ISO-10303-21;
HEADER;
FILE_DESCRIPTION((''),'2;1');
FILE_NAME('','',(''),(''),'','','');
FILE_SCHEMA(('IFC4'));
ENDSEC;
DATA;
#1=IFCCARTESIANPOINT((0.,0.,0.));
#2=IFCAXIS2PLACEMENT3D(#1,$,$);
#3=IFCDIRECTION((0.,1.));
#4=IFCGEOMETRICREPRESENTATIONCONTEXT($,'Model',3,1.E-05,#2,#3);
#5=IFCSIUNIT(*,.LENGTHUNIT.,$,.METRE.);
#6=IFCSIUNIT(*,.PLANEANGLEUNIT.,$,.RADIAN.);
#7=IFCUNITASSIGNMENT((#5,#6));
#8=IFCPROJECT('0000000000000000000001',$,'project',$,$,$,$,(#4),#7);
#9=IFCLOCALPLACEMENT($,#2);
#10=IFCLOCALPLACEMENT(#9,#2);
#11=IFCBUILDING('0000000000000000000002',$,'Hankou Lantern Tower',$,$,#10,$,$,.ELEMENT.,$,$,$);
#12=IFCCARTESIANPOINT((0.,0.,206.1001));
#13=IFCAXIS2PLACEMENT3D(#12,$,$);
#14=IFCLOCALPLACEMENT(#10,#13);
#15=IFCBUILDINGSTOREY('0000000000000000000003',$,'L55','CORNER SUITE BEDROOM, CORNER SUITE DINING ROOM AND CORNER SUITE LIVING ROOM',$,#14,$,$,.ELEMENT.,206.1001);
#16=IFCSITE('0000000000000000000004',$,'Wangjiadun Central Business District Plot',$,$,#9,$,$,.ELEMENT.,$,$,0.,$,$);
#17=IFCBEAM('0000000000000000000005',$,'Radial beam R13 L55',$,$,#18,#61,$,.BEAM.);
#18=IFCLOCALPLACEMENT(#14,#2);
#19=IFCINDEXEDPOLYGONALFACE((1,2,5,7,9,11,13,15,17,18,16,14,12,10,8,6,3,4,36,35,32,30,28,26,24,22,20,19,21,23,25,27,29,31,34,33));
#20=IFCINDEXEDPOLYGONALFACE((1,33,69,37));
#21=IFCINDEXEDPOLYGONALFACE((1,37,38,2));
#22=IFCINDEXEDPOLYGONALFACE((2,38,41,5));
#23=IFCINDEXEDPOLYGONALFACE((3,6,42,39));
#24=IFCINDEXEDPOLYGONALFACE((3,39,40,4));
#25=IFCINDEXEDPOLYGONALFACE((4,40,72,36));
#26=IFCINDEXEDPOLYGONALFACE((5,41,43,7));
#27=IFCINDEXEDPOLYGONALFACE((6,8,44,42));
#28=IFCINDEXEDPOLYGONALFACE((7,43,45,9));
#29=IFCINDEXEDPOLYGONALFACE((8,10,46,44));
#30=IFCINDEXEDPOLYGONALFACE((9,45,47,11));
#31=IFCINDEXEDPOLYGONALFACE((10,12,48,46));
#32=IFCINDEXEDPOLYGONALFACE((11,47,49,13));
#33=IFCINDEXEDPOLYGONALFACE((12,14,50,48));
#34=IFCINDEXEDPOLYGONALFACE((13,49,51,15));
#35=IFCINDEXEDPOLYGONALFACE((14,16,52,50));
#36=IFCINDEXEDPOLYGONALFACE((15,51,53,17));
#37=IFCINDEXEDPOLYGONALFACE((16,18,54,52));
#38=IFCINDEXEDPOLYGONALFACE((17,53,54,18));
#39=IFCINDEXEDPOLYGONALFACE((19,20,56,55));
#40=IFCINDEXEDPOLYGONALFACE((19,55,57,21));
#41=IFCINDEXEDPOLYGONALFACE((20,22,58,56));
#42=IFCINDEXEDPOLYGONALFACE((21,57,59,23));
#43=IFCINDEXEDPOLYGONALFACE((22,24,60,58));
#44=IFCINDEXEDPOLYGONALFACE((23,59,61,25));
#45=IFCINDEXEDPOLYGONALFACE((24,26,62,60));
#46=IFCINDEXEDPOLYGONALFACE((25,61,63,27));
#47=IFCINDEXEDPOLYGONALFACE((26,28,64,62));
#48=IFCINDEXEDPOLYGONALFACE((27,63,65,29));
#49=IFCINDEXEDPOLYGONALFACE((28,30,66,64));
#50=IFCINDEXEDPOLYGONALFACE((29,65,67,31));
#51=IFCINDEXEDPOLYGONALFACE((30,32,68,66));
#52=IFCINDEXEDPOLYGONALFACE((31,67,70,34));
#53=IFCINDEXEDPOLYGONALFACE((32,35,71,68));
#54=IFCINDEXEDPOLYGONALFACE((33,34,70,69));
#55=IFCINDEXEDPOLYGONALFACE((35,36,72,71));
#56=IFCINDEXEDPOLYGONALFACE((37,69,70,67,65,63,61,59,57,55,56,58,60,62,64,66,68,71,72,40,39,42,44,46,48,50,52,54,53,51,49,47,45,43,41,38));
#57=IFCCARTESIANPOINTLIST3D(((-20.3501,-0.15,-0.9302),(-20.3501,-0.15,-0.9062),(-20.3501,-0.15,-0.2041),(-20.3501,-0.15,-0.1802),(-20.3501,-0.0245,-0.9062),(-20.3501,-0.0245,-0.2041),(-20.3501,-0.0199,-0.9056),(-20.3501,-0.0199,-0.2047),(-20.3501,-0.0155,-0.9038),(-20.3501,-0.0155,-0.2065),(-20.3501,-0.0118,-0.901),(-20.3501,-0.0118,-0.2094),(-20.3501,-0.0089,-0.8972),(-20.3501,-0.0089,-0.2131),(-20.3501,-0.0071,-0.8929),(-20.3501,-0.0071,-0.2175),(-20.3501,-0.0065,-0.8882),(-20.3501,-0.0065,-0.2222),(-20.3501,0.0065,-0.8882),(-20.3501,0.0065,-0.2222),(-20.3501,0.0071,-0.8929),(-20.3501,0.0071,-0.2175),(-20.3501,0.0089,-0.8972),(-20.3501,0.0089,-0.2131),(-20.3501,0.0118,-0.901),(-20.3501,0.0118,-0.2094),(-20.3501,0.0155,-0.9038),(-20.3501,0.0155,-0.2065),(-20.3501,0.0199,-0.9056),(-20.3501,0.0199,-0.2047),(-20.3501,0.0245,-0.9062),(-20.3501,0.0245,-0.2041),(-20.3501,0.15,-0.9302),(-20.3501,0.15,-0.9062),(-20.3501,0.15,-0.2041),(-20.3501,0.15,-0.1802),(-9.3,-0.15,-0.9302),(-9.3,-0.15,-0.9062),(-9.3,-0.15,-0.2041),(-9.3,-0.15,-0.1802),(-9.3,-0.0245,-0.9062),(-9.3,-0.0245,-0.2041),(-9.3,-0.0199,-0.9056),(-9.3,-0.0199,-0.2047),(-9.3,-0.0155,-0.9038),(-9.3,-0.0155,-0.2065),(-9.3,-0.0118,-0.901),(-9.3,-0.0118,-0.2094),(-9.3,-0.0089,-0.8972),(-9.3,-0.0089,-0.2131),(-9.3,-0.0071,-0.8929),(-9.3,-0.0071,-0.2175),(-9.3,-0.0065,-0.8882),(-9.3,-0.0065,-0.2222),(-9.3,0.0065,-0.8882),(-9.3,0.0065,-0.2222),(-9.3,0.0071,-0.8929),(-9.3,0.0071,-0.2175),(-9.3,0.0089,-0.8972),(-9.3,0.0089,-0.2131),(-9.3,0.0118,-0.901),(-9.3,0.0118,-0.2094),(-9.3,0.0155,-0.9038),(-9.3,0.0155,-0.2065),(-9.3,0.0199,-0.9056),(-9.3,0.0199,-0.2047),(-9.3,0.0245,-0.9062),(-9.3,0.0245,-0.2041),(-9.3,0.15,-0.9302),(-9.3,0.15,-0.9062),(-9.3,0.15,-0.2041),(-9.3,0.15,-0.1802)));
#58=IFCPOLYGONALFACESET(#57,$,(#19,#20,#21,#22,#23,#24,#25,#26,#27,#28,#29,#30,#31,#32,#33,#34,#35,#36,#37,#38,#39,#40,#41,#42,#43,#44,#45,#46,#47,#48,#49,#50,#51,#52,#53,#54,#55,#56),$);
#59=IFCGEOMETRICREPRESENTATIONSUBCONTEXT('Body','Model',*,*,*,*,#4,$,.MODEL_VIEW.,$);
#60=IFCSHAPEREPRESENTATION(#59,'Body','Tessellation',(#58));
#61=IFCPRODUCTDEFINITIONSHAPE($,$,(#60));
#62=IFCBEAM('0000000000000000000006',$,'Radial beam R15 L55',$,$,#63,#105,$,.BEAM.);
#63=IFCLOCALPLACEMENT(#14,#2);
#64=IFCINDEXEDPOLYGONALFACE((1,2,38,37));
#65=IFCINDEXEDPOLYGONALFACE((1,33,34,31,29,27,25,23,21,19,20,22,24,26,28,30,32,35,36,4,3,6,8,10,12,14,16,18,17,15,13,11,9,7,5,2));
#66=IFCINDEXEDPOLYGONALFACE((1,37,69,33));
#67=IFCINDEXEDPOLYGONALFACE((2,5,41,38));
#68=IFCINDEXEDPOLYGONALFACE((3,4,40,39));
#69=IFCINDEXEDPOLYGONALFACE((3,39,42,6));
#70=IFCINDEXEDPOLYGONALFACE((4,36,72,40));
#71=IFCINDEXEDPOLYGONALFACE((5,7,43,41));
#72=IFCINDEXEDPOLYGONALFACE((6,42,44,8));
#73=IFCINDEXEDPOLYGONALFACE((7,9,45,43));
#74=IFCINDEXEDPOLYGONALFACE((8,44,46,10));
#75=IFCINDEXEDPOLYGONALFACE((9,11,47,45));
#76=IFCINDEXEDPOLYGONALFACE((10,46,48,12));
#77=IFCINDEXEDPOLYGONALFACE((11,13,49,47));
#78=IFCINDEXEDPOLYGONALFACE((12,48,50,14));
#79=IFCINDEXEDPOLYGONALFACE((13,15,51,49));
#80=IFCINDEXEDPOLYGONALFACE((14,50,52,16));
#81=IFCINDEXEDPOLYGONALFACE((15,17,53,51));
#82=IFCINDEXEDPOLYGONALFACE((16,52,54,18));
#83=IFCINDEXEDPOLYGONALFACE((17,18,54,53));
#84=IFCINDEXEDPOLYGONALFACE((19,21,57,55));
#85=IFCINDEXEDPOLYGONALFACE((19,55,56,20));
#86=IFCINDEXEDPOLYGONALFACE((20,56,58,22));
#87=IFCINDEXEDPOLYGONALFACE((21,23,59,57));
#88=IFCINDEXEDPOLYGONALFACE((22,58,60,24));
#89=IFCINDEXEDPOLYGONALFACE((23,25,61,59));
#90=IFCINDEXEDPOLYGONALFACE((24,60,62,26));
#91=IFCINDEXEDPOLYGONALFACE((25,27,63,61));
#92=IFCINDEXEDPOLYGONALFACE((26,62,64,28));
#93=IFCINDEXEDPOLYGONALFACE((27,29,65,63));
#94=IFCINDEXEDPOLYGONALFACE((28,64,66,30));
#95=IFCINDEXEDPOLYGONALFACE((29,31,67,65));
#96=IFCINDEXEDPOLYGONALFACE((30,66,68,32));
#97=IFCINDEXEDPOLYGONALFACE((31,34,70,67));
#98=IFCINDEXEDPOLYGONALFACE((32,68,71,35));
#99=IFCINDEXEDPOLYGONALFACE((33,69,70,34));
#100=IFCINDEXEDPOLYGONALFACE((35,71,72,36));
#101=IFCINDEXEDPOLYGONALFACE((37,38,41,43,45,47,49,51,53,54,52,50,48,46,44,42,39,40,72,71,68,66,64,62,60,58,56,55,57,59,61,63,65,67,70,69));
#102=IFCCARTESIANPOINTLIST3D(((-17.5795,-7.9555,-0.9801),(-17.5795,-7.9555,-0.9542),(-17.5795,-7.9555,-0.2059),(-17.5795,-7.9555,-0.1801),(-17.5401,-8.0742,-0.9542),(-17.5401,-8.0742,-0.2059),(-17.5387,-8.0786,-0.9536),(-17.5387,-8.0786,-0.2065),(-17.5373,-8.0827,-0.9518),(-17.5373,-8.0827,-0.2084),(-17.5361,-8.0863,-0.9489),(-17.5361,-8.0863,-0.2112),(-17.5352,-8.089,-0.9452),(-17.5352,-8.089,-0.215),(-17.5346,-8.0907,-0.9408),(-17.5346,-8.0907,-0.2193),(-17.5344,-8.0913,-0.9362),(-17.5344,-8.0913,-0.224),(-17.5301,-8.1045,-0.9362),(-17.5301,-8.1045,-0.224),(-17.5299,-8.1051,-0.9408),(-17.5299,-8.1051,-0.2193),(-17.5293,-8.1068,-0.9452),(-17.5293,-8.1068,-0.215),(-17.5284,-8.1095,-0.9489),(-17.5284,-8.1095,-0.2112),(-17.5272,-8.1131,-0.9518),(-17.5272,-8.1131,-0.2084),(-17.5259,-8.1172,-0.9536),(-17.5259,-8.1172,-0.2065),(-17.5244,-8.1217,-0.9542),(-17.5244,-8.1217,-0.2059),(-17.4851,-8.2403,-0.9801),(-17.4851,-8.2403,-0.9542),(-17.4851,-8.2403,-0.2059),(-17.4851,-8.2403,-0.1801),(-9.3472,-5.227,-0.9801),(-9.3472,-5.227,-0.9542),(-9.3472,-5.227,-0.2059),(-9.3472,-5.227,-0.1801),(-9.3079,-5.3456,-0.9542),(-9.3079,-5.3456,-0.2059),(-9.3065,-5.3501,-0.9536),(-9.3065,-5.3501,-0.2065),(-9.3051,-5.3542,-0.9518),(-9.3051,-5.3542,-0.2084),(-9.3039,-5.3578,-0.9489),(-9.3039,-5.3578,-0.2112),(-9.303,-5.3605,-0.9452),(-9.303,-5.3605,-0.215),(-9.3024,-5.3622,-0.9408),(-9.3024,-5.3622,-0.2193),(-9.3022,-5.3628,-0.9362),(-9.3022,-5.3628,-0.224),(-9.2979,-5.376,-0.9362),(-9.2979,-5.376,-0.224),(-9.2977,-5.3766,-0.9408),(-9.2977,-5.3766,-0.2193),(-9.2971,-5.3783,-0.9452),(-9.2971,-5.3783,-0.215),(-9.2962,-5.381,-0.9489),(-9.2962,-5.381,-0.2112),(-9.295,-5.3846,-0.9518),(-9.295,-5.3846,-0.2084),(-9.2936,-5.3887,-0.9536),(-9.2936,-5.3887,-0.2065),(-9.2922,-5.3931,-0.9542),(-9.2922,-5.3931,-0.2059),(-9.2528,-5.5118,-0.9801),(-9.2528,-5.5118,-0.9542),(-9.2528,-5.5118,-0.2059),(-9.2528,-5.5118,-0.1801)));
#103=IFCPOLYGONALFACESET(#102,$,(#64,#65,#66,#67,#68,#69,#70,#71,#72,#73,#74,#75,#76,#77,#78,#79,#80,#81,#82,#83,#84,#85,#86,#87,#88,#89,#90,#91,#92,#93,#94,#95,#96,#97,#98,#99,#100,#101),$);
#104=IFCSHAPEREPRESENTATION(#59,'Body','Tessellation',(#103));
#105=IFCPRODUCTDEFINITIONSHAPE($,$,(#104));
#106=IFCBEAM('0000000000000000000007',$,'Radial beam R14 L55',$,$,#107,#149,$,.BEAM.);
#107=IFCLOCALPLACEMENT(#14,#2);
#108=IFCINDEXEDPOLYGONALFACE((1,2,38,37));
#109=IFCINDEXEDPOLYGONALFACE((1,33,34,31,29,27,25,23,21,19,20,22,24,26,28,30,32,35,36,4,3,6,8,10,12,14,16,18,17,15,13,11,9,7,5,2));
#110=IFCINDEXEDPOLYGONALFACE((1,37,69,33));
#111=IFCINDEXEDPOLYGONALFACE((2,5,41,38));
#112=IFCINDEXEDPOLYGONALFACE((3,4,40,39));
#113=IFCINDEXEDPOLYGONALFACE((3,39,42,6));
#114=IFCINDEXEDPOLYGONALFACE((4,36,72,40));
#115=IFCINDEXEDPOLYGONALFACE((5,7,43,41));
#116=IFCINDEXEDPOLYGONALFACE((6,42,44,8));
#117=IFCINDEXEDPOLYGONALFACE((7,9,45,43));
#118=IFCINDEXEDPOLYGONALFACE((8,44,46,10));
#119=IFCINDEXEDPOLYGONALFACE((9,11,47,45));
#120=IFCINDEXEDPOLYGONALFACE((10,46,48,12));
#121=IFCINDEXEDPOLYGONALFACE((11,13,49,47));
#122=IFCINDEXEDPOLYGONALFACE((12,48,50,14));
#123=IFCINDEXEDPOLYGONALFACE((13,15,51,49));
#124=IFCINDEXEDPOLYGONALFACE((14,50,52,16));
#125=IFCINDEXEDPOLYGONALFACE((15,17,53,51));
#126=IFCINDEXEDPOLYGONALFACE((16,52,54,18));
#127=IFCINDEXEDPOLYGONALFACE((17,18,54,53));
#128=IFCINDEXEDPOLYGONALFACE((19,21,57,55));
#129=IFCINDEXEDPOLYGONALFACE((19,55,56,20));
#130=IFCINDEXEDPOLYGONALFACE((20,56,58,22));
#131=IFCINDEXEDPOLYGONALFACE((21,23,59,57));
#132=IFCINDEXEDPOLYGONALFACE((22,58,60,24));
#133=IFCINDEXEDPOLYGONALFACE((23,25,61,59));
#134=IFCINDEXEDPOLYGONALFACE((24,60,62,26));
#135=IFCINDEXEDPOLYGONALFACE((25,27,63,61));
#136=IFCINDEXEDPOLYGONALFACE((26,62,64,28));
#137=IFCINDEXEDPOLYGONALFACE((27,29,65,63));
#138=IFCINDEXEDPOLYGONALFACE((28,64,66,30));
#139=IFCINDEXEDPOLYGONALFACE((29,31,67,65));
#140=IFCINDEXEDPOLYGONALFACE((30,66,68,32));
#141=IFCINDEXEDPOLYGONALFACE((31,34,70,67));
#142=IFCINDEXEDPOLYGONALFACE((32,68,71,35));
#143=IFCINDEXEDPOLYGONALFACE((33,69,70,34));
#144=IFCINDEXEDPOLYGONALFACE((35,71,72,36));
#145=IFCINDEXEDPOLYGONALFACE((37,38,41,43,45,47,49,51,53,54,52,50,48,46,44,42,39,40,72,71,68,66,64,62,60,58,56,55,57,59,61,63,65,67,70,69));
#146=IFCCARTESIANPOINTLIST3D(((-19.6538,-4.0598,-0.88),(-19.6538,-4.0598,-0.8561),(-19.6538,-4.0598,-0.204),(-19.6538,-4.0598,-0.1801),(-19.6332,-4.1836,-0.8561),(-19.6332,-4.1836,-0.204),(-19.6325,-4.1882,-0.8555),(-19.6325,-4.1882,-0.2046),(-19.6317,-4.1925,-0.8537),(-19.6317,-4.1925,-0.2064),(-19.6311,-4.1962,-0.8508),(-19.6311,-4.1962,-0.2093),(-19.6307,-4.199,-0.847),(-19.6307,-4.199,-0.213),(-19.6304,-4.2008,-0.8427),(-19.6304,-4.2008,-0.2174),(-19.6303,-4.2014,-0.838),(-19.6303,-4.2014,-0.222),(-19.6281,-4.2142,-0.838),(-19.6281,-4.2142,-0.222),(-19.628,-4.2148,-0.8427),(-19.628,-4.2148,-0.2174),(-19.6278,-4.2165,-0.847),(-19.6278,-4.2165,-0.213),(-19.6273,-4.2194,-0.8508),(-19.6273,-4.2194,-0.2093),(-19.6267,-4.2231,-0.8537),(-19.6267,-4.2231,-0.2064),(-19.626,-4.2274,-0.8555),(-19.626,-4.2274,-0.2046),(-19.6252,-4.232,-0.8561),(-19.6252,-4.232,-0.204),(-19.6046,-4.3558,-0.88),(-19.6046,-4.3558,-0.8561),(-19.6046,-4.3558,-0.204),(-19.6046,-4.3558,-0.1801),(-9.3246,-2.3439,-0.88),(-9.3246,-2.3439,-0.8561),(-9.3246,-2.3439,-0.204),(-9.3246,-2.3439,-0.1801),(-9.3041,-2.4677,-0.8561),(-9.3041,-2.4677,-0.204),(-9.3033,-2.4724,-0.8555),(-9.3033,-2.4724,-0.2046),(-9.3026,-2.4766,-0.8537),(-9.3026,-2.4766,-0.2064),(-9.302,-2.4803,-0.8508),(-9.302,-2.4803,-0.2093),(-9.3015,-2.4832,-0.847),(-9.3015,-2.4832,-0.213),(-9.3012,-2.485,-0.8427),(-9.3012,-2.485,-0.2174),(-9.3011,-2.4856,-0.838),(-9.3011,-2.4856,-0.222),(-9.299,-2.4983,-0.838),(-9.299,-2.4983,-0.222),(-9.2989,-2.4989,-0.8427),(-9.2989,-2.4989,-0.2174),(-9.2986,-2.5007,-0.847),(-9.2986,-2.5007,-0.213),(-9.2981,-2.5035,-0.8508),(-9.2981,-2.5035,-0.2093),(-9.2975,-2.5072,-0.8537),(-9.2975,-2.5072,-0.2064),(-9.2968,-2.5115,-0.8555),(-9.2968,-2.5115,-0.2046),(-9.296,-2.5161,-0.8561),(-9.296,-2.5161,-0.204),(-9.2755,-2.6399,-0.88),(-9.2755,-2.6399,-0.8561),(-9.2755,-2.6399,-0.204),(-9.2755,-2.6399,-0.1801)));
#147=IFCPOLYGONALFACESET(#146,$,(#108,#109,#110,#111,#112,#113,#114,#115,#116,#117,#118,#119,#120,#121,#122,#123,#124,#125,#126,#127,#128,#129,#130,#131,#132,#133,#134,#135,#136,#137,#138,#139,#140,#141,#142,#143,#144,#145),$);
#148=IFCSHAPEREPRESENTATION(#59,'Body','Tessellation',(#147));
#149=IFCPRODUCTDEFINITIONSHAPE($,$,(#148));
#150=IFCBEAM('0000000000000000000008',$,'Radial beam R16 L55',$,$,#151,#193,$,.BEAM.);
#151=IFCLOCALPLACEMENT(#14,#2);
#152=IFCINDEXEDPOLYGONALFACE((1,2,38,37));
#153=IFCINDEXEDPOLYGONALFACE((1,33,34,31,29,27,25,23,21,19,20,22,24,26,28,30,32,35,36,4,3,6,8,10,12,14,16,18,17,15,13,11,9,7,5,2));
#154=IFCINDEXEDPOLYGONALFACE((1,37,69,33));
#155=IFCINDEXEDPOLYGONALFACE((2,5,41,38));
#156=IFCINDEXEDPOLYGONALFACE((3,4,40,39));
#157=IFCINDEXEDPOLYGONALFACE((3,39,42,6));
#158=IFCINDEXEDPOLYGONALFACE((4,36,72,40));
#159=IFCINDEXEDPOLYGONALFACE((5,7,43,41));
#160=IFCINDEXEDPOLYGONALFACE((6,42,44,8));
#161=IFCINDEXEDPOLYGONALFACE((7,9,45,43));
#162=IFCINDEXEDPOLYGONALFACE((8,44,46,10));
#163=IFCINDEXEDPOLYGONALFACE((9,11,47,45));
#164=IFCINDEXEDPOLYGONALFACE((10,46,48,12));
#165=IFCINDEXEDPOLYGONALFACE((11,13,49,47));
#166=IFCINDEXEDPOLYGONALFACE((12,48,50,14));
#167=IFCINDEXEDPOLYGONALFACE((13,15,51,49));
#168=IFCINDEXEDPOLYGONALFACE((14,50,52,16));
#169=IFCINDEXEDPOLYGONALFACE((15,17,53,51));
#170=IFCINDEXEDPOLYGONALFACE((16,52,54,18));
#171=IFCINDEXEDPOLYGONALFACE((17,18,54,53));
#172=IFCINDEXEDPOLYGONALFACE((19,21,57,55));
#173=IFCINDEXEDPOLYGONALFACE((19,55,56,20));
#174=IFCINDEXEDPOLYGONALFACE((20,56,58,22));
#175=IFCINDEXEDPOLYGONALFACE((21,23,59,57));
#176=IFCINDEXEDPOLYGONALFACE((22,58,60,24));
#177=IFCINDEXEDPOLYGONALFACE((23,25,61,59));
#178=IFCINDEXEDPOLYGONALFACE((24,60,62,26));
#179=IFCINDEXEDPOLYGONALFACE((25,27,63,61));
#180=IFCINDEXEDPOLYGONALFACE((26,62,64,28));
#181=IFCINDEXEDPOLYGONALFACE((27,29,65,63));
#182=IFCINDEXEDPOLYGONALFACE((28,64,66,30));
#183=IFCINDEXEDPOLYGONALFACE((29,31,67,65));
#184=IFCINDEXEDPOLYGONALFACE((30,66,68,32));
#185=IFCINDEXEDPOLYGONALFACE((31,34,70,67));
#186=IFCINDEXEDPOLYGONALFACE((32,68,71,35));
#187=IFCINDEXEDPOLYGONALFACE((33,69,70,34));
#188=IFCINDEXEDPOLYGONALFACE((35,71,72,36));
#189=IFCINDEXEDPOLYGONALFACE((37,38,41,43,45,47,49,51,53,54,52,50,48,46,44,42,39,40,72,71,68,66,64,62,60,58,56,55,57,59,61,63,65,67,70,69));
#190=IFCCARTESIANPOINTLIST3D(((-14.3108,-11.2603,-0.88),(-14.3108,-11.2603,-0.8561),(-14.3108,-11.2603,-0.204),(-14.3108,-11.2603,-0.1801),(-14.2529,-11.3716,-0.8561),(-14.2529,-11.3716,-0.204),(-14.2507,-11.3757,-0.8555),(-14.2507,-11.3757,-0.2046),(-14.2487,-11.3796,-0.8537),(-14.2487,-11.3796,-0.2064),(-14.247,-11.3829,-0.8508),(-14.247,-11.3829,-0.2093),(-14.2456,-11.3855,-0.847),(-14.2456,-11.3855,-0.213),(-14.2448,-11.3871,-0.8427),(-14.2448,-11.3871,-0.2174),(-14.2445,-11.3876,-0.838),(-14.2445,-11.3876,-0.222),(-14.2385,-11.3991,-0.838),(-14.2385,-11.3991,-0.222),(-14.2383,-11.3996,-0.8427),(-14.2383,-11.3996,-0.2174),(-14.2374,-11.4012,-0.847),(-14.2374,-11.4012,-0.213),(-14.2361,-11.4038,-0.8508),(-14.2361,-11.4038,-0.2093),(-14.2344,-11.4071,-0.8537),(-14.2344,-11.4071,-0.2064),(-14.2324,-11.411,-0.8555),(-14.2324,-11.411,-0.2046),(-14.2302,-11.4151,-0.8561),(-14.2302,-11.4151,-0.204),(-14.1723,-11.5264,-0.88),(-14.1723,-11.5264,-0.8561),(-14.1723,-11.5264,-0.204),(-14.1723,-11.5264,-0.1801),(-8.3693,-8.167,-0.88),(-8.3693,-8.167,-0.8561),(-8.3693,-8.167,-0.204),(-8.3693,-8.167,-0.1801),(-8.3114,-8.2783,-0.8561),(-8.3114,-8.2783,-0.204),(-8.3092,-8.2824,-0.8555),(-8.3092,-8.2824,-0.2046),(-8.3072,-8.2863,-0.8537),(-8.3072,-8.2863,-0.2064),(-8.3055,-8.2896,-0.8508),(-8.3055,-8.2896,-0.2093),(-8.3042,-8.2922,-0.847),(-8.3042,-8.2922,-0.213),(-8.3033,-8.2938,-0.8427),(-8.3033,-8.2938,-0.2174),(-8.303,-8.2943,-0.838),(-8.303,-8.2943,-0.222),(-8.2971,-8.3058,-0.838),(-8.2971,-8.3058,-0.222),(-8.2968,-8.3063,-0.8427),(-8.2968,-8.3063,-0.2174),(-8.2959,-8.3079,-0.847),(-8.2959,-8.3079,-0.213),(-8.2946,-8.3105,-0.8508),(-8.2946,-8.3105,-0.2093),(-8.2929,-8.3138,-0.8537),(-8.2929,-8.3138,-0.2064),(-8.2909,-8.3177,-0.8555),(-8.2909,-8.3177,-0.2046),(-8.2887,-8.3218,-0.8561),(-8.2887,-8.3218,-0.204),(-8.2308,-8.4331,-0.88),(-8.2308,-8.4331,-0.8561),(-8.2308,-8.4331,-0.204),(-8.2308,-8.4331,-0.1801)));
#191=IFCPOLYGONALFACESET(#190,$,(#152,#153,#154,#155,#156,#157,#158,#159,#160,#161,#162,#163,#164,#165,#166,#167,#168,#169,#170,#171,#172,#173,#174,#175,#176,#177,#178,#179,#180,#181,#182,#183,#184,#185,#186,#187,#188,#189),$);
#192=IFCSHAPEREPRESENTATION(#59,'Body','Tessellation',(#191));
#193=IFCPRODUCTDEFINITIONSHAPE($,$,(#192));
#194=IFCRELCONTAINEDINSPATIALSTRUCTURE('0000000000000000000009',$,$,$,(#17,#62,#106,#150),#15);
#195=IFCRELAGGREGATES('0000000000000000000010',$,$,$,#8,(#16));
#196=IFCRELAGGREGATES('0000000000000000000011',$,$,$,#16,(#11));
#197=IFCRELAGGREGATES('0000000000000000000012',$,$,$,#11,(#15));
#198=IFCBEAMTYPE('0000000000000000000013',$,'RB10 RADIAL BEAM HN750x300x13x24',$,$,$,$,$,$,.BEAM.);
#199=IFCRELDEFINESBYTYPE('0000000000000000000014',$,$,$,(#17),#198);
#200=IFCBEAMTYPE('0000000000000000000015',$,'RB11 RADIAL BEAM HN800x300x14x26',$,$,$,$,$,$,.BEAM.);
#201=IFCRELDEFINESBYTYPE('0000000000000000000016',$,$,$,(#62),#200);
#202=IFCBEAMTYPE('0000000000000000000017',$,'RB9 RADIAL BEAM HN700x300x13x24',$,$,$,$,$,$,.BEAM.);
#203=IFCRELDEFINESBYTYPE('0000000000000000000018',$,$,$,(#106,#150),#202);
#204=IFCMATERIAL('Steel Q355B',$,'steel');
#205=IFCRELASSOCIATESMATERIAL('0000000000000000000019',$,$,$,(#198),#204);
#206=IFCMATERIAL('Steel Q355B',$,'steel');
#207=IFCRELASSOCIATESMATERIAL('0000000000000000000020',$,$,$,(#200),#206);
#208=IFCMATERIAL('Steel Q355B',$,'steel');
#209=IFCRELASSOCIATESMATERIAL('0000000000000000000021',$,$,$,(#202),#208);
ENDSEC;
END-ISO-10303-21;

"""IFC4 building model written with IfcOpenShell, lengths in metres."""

from ifc_helpers import new_model, si_unit, direction, frame, origin, origin_2d, place, context, subcontext, project, spatial, i_section, extrude, material, material_profile, profile_set, type_object, element, save


model = new_model("IFC4")

# Units and contexts
model_context = context("Model", 3, precision=1e-05, world=origin(), true_north=direction((0.0, 1.0)))
body_context = subcontext(model_context, "Body", "Model", "MODEL_VIEW")
ifc_project = project(units=[si_unit("LENGTHUNIT", "METRE"), si_unit("PLANEANGLEUNIT", "RADIAN")], contexts=[model_context])

# Site, building, storey
site_placement = place(None, origin())
site = spatial("IfcSite", under=ifc_project, at=site_placement, Name="Wangjiadun Central Business District Plot", CompositionType="ELEMENT", RefElevation=0.0)
building_placement = place(site_placement, origin())
building = spatial("IfcBuilding", under=site, at=building_placement, Name="Hankou Lantern Tower", CompositionType="ELEMENT")
storey_placement = place(building_placement, frame((0.0, 0.0, 206.1001)))
storey = spatial("IfcBuildingStorey", under=building, at=storey_placement, Name="L55", Description="CORNER SUITE BEDROOM, CORNER SUITE DINING ROOM AND CORNER SUITE LIVING ROOM", CompositionType="ELEMENT", Elevation=206.1001)

# Beams
ifc_material_1 = material(Name="Steel Q355B", Category="steel")
ifc_material_profile_1 = material_profile(ifc_material_1, i_section(OverallWidth=0.3, OverallDepth=0.75, WebThickness=0.0129, FlangeThickness=0.0239, FilletRadius=0.0181, at=origin_2d()), Name="HN750x300x13x24")
ifc_profile_set_1 = profile_set([ifc_material_profile_1], Name="Steel Q355B")
beam_type_1 = type_object("IfcBeamType", Name="RB10 RADIAL BEAM HN750x300x13x24", PredefinedType="BEAM", material=ifc_profile_set_1)
beam_1_placement = place(storey_placement, frame((-9.3, 0.0, -0.5552), z_axis=(-1.0, 0.0, 0.0), x_axis=(0.0, -1.0, 0.0)))
element("IfcBeam", 1, at=beam_1_placement, inside=storey, type_object=beam_type_1, Name="Radial beam R13 L55", PredefinedType="BEAM", context=body_context, shape_type="SweptSolid", body=[
    extrude(i_section(OverallWidth=0.3, OverallDepth=0.75, WebThickness=0.0129, FlangeThickness=0.0239, FilletRadius=0.0181, at=origin_2d()), origin(), (0.0, 0.0, 1.0), 11.05),
])
ifc_material_2 = material(Name="Steel Q355B", Category="steel")
ifc_material_profile_2 = material_profile(ifc_material_2, i_section(OverallWidth=0.3, OverallDepth=0.8, WebThickness=0.0139, FlangeThickness=0.0259, FilletRadius=0.0181, at=origin_2d()), Name="HN800x300x14x26")
ifc_profile_set_2 = profile_set([ifc_material_profile_2], Name="Steel Q355B")
beam_type_2 = type_object("IfcBeamType", Name="RB11 RADIAL BEAM HN800x300x14x26", PredefinedType="BEAM", material=ifc_profile_set_2)
beam_2_placement = place(storey_placement, frame((-9.3, -5.3694, -0.5801), z_axis=(-0.94922, -0.314614, 0.0), x_axis=(0.314614, -0.94922, 0.0)))
element("IfcBeam", 2, at=beam_2_placement, inside=storey, type_object=beam_type_2, Name="Radial beam R15 L55", PredefinedType="BEAM", context=body_context, shape_type="SweptSolid", body=[
    extrude(i_section(OverallWidth=0.3, OverallDepth=0.8, WebThickness=0.0139, FlangeThickness=0.0259, FilletRadius=0.0181, at=origin_2d()), origin(), (0.0, 0.0, 1.0), 8.6726),
])
ifc_material_3 = material(Name="Steel Q355B", Category="steel")
ifc_material_profile_3 = material_profile(ifc_material_3, i_section(OverallWidth=0.3, OverallDepth=0.7, WebThickness=0.0129, FlangeThickness=0.0239, FilletRadius=0.0181, at=origin_2d()), Name="HN700x300x13x24")
ifc_profile_set_3 = profile_set([ifc_material_profile_3], Name="Steel Q355B")
beam_type_3 = type_object("IfcBeamType", Name="RB9 RADIAL BEAM HN700x300x13x24", PredefinedType="BEAM", material=ifc_profile_set_3)
beam_3_placement = place(storey_placement, frame((-9.3, -2.4919, -0.53), z_axis=(-0.986482, -0.16387, 0.0), x_axis=(0.16387, -0.986482, 0.0)))
element("IfcBeam", 3, at=beam_3_placement, inside=storey, type_object=beam_type_3, Name="Radial beam R14 L55", PredefinedType="BEAM", context=body_context, shape_type="SweptSolid", body=[
    extrude(i_section(OverallWidth=0.3, OverallDepth=0.7, WebThickness=0.0129, FlangeThickness=0.0239, FilletRadius=0.0181, at=origin_2d()), origin(), (0.0, 0.0, 1.0), 10.4707),
])
beam_4_placement = place(storey_placement, frame((-8.3, -8.3, -0.53), z_axis=(-0.886989, -0.461791, 0.0), x_axis=(0.461791, -0.886989, 0.0)))
element("IfcBeam", 4, at=beam_4_placement, inside=storey, type_object=beam_type_3, Name="Radial beam R16 L55", PredefinedType="BEAM", context=body_context, shape_type="SweptSolid", body=[
    extrude(i_section(OverallWidth=0.3, OverallDepth=0.7, WebThickness=0.0129, FlangeThickness=0.0239, FilletRadius=0.0181, at=origin_2d()), origin(), (0.0, 0.0, 1.0), 6.6985),
])

save(model, "model.ifc")
